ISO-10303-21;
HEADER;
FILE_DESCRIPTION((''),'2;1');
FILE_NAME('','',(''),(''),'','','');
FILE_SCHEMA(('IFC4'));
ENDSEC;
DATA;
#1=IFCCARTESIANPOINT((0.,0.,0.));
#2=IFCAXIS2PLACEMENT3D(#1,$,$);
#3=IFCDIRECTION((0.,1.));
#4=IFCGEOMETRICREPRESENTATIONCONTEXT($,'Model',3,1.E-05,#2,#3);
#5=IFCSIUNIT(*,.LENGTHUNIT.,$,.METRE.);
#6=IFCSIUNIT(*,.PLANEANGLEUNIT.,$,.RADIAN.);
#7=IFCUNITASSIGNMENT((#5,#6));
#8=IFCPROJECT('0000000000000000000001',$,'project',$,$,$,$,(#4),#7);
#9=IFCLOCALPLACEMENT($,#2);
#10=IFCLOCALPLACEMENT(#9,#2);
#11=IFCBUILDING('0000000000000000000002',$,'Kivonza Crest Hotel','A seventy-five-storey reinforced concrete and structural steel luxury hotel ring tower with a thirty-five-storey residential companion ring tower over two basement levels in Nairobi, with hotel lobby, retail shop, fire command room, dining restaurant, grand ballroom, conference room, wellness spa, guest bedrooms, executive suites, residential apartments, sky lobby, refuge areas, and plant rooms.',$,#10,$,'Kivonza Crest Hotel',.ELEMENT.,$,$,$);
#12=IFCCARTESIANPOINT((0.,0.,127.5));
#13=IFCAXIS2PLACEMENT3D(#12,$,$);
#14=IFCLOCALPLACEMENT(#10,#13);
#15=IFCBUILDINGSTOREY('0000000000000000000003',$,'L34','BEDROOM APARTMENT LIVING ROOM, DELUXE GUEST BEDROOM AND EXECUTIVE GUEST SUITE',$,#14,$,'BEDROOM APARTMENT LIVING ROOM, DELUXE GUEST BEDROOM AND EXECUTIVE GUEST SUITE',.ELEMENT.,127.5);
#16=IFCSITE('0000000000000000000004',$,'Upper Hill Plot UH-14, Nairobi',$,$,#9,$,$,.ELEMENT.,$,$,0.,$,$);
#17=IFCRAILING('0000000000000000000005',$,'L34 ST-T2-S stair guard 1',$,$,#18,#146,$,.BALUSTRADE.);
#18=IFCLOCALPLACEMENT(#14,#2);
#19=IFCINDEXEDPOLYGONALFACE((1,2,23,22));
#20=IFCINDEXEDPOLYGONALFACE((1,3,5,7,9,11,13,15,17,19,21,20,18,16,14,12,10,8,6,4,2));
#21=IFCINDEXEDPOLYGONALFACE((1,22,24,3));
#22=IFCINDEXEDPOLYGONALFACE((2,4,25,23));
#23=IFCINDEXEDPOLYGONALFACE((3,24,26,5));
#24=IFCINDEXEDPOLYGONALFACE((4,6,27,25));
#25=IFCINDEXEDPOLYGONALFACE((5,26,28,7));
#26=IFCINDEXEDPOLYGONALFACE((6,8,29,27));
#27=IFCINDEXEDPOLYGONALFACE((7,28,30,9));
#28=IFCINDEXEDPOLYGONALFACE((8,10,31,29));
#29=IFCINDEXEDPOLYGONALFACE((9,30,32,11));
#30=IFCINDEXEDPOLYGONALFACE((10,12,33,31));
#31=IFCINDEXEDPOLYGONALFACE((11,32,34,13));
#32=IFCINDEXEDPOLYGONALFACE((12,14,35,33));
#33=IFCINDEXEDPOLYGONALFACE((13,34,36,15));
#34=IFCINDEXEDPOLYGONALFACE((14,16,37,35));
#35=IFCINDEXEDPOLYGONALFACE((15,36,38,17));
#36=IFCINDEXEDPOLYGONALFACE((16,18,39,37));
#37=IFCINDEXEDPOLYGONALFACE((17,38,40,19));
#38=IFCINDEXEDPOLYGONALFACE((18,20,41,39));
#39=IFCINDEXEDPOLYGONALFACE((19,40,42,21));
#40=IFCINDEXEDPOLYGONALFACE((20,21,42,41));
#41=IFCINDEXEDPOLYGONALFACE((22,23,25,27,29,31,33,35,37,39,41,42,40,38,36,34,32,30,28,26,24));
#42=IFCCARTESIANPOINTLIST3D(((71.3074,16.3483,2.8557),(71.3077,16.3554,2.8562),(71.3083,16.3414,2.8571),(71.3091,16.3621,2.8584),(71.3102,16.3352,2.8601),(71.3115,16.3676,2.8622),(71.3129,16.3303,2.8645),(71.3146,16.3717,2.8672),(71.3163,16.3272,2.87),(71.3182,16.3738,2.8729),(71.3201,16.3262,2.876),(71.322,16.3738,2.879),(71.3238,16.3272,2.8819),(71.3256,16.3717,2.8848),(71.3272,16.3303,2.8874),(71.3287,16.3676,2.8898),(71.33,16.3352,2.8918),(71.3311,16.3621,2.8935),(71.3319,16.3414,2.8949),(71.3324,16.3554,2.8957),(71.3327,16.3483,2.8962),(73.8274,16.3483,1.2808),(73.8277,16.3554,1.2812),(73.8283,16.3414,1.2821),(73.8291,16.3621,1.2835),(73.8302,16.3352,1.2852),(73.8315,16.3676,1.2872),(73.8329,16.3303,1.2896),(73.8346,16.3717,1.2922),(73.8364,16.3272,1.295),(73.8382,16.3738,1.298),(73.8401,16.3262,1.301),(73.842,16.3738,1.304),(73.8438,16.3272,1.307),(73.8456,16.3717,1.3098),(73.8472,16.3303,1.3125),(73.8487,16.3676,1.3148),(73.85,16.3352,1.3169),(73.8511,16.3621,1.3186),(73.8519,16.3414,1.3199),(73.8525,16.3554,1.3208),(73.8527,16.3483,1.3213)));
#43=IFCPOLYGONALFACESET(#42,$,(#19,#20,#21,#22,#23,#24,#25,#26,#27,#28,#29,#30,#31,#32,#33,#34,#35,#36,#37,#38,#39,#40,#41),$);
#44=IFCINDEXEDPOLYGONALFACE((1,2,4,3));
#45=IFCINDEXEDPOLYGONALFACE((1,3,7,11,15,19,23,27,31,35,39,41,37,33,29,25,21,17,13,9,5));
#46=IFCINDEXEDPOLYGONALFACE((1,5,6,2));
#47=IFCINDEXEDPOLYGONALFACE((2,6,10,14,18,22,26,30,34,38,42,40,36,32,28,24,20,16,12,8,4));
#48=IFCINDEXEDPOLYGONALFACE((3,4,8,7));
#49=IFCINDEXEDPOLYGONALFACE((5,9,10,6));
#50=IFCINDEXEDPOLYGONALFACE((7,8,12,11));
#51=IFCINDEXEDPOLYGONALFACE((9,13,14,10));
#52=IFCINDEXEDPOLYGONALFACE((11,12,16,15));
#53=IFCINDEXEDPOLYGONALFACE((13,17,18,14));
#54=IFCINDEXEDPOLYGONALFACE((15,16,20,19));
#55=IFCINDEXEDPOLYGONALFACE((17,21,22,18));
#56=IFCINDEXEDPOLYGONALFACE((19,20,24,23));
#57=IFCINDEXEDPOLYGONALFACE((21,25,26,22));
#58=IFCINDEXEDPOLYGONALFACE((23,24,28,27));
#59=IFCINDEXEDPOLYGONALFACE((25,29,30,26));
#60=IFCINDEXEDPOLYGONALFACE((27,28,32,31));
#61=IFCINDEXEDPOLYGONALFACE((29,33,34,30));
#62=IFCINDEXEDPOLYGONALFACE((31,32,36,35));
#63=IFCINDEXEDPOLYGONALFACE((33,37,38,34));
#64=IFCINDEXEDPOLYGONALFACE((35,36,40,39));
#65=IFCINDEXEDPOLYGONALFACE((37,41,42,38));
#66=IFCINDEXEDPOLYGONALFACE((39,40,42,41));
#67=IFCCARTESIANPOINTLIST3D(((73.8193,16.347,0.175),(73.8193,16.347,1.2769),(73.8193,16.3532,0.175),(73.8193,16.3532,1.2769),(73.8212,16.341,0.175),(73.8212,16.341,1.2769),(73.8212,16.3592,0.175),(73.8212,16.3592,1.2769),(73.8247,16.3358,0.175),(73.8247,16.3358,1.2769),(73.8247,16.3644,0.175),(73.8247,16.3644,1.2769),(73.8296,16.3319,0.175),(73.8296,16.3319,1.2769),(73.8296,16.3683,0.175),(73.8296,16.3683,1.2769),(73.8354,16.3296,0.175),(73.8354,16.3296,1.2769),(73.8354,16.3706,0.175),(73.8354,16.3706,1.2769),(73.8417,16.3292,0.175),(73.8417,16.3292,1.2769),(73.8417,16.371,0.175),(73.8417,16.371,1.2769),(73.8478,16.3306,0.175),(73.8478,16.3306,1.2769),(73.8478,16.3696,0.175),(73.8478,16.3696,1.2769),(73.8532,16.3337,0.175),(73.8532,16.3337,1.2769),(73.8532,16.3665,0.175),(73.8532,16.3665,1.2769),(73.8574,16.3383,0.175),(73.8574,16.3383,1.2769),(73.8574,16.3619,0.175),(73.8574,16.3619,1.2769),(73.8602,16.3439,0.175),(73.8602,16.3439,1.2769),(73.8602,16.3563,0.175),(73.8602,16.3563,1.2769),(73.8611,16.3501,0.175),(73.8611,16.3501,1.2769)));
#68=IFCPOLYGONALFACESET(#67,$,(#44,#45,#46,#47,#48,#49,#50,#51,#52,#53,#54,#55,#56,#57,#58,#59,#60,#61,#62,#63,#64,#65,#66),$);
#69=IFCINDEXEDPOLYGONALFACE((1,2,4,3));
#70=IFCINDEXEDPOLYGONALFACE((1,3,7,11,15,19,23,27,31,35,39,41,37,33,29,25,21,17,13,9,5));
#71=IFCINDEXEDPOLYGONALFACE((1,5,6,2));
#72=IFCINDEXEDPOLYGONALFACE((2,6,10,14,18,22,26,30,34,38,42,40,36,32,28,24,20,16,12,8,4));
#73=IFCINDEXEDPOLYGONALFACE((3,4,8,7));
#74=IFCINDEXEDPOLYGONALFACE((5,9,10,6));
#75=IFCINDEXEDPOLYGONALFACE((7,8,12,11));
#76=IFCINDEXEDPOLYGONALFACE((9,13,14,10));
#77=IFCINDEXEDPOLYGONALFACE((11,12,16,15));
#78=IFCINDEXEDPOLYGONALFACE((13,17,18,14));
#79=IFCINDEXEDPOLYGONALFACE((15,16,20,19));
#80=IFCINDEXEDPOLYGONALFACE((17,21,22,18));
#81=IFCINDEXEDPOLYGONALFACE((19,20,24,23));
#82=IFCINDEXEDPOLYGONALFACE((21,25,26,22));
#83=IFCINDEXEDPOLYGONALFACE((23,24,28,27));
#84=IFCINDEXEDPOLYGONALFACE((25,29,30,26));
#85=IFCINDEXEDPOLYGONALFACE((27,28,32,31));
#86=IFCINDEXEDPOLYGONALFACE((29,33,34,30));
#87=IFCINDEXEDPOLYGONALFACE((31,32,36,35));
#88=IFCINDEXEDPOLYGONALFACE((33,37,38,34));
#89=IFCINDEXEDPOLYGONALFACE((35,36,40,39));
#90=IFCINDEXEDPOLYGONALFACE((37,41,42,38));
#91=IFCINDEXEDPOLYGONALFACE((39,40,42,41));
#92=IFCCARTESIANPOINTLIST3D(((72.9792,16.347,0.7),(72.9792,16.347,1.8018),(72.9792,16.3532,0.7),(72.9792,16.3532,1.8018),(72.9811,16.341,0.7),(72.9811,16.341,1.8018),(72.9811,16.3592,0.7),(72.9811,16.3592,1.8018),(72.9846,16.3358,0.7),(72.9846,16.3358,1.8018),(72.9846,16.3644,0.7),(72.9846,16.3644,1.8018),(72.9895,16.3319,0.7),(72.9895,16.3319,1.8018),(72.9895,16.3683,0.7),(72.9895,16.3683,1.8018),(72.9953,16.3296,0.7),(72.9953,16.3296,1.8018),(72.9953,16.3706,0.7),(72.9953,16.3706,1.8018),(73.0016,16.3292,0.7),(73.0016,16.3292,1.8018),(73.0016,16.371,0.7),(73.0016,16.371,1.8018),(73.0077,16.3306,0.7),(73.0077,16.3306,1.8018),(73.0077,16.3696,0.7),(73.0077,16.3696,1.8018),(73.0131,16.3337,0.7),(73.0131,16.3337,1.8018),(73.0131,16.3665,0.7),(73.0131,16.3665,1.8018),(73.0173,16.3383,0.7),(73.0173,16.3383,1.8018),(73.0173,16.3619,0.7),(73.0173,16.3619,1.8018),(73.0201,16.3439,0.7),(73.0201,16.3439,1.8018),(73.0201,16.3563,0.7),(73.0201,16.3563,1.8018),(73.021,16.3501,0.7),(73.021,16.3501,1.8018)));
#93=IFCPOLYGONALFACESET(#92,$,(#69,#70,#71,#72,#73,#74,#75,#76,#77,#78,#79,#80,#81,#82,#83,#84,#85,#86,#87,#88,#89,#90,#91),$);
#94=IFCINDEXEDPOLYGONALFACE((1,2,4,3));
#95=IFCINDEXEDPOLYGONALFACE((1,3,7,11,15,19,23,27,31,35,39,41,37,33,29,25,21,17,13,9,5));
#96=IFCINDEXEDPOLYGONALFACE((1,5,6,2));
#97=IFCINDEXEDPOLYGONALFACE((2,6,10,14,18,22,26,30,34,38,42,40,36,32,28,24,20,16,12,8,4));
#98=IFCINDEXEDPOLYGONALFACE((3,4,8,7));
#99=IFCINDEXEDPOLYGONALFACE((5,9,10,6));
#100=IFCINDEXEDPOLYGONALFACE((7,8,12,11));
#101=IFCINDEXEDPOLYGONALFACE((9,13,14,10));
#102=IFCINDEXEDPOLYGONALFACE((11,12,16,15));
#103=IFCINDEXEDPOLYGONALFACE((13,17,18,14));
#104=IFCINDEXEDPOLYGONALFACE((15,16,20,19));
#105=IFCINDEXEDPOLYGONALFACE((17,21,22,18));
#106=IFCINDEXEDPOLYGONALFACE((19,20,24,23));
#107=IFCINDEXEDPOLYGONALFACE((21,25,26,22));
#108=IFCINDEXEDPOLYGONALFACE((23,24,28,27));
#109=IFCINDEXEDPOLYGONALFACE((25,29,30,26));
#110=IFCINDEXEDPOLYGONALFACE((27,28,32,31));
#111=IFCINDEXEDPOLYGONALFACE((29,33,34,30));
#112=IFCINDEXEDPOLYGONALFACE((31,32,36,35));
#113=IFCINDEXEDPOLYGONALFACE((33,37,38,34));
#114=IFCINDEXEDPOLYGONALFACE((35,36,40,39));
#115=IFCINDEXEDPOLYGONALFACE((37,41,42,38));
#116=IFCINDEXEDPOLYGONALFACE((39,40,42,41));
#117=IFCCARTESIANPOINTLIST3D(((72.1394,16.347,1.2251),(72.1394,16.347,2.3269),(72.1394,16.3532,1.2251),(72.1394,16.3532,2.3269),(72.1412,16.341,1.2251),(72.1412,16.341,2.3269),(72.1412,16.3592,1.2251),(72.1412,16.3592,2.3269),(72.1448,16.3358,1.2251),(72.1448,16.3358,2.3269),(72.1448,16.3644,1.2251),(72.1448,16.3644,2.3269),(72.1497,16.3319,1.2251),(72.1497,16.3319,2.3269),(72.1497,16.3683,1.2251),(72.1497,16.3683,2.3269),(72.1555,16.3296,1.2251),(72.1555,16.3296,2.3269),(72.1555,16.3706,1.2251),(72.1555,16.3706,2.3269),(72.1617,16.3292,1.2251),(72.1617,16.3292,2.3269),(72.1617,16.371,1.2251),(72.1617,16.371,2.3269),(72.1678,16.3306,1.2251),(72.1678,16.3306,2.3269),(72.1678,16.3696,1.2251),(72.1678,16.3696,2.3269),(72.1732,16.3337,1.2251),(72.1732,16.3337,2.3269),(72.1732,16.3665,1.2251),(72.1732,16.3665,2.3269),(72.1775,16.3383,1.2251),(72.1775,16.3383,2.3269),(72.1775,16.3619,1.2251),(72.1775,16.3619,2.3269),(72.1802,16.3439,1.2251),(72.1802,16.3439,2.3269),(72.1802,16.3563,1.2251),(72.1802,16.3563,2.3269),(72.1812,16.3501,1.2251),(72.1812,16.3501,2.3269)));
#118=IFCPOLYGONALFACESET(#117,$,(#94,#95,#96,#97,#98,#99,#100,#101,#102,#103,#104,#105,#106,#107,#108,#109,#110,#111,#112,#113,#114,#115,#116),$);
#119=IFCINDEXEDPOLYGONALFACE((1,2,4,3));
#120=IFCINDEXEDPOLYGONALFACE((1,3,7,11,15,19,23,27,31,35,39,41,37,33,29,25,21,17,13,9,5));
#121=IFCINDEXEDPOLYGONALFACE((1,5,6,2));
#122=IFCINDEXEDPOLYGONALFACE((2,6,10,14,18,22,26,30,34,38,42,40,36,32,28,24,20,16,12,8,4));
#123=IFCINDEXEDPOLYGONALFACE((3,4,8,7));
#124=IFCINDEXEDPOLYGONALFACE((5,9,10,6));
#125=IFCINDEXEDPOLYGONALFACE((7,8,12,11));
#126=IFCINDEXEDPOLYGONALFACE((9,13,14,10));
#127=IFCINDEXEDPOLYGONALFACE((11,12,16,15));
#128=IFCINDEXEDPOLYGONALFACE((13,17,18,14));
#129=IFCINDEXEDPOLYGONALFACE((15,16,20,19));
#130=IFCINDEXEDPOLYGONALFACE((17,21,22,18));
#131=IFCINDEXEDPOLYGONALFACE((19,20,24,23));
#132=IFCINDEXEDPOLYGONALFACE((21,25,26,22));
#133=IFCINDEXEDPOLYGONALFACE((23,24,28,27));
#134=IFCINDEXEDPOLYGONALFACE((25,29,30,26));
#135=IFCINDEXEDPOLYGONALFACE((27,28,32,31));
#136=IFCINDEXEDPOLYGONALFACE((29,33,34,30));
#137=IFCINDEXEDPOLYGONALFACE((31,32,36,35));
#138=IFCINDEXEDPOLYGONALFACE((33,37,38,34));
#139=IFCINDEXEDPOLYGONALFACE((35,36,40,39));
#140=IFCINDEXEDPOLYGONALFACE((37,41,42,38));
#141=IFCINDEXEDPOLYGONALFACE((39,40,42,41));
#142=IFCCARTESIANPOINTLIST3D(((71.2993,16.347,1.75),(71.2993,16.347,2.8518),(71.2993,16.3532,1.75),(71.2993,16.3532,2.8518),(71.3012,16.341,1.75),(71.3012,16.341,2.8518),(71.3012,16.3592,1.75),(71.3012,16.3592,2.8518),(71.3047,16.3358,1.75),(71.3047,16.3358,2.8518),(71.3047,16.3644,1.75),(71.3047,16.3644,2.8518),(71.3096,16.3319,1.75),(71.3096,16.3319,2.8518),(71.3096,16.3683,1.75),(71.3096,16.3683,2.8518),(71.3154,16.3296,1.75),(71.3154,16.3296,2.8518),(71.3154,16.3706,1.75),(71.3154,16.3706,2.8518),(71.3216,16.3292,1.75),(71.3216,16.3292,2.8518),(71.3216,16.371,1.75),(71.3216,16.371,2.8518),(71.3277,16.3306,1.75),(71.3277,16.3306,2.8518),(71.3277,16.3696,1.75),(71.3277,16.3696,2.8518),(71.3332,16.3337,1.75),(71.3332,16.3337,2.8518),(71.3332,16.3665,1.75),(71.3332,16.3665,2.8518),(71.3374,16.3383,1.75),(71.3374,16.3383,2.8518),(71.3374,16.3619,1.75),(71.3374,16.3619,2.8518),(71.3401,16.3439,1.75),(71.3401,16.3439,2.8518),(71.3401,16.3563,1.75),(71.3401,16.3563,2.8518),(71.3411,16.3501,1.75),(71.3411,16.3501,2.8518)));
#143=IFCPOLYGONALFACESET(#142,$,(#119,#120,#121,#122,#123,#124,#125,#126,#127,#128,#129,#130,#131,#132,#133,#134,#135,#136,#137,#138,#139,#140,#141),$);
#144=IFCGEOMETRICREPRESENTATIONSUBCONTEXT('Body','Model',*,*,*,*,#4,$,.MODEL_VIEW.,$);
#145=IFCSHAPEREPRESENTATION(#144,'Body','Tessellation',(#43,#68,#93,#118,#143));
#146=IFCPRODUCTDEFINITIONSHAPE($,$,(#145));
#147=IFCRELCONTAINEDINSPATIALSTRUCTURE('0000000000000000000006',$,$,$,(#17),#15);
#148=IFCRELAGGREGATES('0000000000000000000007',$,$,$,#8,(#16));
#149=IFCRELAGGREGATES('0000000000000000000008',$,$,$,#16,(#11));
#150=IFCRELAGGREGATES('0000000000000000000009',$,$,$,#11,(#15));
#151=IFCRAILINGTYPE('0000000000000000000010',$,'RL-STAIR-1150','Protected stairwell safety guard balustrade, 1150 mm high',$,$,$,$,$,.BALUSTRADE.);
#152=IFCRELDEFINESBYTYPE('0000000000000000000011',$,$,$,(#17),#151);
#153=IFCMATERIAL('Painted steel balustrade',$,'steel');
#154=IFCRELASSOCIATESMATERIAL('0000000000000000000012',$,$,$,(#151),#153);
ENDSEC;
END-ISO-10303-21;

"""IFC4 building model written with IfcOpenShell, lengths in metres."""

from ifc_helpers import new_model, si_unit, direction, frame, origin, origin_2d, place, context, subcontext, project, spatial, circle, extrude, material, type_object, element, save


model = new_model("IFC4")

# Units and contexts
model_context = context("Model", 3, precision=1e-05, world=origin(), true_north=direction((0.0, 1.0)))
body_context = subcontext(model_context, "Body", "Model", "MODEL_VIEW")
ifc_project = project(units=[si_unit("LENGTHUNIT", "METRE"), si_unit("PLANEANGLEUNIT", "RADIAN")], contexts=[model_context])

# Site, building, storey
site_placement = place(None, origin())
site = spatial("IfcSite", under=ifc_project, at=site_placement, Name="Upper Hill Plot UH-14, Nairobi", CompositionType="ELEMENT", RefElevation=0.0)
building_placement = place(site_placement, origin())
building = spatial("IfcBuilding", under=site, at=building_placement, Name="Kivonza Crest Hotel", Description="A seventy-five-storey reinforced concrete and structural steel luxury hotel ring tower with a thirty-five-storey residential companion ring tower over two basement levels in Nairobi, with hotel lobby, retail shop, fire command room, dining restaurant, grand ballroom, conference room, wellness spa, guest bedrooms, executive suites, residential apartments, sky lobby, refuge areas, and plant rooms.", LongName="Kivonza Crest Hotel", CompositionType="ELEMENT")
storey_placement = place(building_placement, frame((0.0, 0.0, 127.5)))
storey = spatial("IfcBuildingStorey", under=building, at=storey_placement, Name="L34", Description="BEDROOM APARTMENT LIVING ROOM, DELUXE GUEST BEDROOM AND EXECUTIVE GUEST SUITE", LongName="BEDROOM APARTMENT LIVING ROOM, DELUXE GUEST BEDROOM AND EXECUTIVE GUEST SUITE", CompositionType="ELEMENT", Elevation=127.5)

# Railing
ifc_material_1 = material(Name="Painted steel balustrade", Category="steel")
railing_type_1 = type_object("IfcRailingType", Name="RL-STAIR-1150", Description="Protected stairwell safety guard balustrade, 1150 mm high", PredefinedType="BALUSTRADE", material=ifc_material_1)
railing_1_placement = place(storey_placement, frame((73.8401, 16.3501, 0.175)))
element("IfcRailing", 1, at=railing_1_placement, inside=storey, type_object=railing_type_1, Name="L34 ST-T2-S stair guard 1", PredefinedType="BALUSTRADE", context=body_context, shape_type="SweptSolid", body=[
    extrude(circle(Radius=0.0239, at=origin_2d()), frame((0.0, 0.0, 1.126), z_axis=(-0.848008, 0.0, 0.529984), x_axis=(0.0, -1.0, 0.0)), (0.0, 0.0, 1.0), 2.9717),
    extrude(circle(Radius=0.021, at=origin_2d()), origin(), (0.0, 0.0, 1.0), 1.1018),
    extrude(circle(Radius=0.021, at=origin_2d()), frame((-0.8401, 0.0, 0.5249)), (0.0, 0.0, 1.0), 1.1018),
    extrude(circle(Radius=0.021, at=origin_2d()), frame((-1.6799, 0.0, 1.05)), (0.0, 0.0, 1.0), 1.1018),
    extrude(circle(Radius=0.021, at=origin_2d()), frame((-2.52, 0.0, 1.575)), (0.0, 0.0, 1.0), 1.1018),
])

save(model, "model.ifc")
